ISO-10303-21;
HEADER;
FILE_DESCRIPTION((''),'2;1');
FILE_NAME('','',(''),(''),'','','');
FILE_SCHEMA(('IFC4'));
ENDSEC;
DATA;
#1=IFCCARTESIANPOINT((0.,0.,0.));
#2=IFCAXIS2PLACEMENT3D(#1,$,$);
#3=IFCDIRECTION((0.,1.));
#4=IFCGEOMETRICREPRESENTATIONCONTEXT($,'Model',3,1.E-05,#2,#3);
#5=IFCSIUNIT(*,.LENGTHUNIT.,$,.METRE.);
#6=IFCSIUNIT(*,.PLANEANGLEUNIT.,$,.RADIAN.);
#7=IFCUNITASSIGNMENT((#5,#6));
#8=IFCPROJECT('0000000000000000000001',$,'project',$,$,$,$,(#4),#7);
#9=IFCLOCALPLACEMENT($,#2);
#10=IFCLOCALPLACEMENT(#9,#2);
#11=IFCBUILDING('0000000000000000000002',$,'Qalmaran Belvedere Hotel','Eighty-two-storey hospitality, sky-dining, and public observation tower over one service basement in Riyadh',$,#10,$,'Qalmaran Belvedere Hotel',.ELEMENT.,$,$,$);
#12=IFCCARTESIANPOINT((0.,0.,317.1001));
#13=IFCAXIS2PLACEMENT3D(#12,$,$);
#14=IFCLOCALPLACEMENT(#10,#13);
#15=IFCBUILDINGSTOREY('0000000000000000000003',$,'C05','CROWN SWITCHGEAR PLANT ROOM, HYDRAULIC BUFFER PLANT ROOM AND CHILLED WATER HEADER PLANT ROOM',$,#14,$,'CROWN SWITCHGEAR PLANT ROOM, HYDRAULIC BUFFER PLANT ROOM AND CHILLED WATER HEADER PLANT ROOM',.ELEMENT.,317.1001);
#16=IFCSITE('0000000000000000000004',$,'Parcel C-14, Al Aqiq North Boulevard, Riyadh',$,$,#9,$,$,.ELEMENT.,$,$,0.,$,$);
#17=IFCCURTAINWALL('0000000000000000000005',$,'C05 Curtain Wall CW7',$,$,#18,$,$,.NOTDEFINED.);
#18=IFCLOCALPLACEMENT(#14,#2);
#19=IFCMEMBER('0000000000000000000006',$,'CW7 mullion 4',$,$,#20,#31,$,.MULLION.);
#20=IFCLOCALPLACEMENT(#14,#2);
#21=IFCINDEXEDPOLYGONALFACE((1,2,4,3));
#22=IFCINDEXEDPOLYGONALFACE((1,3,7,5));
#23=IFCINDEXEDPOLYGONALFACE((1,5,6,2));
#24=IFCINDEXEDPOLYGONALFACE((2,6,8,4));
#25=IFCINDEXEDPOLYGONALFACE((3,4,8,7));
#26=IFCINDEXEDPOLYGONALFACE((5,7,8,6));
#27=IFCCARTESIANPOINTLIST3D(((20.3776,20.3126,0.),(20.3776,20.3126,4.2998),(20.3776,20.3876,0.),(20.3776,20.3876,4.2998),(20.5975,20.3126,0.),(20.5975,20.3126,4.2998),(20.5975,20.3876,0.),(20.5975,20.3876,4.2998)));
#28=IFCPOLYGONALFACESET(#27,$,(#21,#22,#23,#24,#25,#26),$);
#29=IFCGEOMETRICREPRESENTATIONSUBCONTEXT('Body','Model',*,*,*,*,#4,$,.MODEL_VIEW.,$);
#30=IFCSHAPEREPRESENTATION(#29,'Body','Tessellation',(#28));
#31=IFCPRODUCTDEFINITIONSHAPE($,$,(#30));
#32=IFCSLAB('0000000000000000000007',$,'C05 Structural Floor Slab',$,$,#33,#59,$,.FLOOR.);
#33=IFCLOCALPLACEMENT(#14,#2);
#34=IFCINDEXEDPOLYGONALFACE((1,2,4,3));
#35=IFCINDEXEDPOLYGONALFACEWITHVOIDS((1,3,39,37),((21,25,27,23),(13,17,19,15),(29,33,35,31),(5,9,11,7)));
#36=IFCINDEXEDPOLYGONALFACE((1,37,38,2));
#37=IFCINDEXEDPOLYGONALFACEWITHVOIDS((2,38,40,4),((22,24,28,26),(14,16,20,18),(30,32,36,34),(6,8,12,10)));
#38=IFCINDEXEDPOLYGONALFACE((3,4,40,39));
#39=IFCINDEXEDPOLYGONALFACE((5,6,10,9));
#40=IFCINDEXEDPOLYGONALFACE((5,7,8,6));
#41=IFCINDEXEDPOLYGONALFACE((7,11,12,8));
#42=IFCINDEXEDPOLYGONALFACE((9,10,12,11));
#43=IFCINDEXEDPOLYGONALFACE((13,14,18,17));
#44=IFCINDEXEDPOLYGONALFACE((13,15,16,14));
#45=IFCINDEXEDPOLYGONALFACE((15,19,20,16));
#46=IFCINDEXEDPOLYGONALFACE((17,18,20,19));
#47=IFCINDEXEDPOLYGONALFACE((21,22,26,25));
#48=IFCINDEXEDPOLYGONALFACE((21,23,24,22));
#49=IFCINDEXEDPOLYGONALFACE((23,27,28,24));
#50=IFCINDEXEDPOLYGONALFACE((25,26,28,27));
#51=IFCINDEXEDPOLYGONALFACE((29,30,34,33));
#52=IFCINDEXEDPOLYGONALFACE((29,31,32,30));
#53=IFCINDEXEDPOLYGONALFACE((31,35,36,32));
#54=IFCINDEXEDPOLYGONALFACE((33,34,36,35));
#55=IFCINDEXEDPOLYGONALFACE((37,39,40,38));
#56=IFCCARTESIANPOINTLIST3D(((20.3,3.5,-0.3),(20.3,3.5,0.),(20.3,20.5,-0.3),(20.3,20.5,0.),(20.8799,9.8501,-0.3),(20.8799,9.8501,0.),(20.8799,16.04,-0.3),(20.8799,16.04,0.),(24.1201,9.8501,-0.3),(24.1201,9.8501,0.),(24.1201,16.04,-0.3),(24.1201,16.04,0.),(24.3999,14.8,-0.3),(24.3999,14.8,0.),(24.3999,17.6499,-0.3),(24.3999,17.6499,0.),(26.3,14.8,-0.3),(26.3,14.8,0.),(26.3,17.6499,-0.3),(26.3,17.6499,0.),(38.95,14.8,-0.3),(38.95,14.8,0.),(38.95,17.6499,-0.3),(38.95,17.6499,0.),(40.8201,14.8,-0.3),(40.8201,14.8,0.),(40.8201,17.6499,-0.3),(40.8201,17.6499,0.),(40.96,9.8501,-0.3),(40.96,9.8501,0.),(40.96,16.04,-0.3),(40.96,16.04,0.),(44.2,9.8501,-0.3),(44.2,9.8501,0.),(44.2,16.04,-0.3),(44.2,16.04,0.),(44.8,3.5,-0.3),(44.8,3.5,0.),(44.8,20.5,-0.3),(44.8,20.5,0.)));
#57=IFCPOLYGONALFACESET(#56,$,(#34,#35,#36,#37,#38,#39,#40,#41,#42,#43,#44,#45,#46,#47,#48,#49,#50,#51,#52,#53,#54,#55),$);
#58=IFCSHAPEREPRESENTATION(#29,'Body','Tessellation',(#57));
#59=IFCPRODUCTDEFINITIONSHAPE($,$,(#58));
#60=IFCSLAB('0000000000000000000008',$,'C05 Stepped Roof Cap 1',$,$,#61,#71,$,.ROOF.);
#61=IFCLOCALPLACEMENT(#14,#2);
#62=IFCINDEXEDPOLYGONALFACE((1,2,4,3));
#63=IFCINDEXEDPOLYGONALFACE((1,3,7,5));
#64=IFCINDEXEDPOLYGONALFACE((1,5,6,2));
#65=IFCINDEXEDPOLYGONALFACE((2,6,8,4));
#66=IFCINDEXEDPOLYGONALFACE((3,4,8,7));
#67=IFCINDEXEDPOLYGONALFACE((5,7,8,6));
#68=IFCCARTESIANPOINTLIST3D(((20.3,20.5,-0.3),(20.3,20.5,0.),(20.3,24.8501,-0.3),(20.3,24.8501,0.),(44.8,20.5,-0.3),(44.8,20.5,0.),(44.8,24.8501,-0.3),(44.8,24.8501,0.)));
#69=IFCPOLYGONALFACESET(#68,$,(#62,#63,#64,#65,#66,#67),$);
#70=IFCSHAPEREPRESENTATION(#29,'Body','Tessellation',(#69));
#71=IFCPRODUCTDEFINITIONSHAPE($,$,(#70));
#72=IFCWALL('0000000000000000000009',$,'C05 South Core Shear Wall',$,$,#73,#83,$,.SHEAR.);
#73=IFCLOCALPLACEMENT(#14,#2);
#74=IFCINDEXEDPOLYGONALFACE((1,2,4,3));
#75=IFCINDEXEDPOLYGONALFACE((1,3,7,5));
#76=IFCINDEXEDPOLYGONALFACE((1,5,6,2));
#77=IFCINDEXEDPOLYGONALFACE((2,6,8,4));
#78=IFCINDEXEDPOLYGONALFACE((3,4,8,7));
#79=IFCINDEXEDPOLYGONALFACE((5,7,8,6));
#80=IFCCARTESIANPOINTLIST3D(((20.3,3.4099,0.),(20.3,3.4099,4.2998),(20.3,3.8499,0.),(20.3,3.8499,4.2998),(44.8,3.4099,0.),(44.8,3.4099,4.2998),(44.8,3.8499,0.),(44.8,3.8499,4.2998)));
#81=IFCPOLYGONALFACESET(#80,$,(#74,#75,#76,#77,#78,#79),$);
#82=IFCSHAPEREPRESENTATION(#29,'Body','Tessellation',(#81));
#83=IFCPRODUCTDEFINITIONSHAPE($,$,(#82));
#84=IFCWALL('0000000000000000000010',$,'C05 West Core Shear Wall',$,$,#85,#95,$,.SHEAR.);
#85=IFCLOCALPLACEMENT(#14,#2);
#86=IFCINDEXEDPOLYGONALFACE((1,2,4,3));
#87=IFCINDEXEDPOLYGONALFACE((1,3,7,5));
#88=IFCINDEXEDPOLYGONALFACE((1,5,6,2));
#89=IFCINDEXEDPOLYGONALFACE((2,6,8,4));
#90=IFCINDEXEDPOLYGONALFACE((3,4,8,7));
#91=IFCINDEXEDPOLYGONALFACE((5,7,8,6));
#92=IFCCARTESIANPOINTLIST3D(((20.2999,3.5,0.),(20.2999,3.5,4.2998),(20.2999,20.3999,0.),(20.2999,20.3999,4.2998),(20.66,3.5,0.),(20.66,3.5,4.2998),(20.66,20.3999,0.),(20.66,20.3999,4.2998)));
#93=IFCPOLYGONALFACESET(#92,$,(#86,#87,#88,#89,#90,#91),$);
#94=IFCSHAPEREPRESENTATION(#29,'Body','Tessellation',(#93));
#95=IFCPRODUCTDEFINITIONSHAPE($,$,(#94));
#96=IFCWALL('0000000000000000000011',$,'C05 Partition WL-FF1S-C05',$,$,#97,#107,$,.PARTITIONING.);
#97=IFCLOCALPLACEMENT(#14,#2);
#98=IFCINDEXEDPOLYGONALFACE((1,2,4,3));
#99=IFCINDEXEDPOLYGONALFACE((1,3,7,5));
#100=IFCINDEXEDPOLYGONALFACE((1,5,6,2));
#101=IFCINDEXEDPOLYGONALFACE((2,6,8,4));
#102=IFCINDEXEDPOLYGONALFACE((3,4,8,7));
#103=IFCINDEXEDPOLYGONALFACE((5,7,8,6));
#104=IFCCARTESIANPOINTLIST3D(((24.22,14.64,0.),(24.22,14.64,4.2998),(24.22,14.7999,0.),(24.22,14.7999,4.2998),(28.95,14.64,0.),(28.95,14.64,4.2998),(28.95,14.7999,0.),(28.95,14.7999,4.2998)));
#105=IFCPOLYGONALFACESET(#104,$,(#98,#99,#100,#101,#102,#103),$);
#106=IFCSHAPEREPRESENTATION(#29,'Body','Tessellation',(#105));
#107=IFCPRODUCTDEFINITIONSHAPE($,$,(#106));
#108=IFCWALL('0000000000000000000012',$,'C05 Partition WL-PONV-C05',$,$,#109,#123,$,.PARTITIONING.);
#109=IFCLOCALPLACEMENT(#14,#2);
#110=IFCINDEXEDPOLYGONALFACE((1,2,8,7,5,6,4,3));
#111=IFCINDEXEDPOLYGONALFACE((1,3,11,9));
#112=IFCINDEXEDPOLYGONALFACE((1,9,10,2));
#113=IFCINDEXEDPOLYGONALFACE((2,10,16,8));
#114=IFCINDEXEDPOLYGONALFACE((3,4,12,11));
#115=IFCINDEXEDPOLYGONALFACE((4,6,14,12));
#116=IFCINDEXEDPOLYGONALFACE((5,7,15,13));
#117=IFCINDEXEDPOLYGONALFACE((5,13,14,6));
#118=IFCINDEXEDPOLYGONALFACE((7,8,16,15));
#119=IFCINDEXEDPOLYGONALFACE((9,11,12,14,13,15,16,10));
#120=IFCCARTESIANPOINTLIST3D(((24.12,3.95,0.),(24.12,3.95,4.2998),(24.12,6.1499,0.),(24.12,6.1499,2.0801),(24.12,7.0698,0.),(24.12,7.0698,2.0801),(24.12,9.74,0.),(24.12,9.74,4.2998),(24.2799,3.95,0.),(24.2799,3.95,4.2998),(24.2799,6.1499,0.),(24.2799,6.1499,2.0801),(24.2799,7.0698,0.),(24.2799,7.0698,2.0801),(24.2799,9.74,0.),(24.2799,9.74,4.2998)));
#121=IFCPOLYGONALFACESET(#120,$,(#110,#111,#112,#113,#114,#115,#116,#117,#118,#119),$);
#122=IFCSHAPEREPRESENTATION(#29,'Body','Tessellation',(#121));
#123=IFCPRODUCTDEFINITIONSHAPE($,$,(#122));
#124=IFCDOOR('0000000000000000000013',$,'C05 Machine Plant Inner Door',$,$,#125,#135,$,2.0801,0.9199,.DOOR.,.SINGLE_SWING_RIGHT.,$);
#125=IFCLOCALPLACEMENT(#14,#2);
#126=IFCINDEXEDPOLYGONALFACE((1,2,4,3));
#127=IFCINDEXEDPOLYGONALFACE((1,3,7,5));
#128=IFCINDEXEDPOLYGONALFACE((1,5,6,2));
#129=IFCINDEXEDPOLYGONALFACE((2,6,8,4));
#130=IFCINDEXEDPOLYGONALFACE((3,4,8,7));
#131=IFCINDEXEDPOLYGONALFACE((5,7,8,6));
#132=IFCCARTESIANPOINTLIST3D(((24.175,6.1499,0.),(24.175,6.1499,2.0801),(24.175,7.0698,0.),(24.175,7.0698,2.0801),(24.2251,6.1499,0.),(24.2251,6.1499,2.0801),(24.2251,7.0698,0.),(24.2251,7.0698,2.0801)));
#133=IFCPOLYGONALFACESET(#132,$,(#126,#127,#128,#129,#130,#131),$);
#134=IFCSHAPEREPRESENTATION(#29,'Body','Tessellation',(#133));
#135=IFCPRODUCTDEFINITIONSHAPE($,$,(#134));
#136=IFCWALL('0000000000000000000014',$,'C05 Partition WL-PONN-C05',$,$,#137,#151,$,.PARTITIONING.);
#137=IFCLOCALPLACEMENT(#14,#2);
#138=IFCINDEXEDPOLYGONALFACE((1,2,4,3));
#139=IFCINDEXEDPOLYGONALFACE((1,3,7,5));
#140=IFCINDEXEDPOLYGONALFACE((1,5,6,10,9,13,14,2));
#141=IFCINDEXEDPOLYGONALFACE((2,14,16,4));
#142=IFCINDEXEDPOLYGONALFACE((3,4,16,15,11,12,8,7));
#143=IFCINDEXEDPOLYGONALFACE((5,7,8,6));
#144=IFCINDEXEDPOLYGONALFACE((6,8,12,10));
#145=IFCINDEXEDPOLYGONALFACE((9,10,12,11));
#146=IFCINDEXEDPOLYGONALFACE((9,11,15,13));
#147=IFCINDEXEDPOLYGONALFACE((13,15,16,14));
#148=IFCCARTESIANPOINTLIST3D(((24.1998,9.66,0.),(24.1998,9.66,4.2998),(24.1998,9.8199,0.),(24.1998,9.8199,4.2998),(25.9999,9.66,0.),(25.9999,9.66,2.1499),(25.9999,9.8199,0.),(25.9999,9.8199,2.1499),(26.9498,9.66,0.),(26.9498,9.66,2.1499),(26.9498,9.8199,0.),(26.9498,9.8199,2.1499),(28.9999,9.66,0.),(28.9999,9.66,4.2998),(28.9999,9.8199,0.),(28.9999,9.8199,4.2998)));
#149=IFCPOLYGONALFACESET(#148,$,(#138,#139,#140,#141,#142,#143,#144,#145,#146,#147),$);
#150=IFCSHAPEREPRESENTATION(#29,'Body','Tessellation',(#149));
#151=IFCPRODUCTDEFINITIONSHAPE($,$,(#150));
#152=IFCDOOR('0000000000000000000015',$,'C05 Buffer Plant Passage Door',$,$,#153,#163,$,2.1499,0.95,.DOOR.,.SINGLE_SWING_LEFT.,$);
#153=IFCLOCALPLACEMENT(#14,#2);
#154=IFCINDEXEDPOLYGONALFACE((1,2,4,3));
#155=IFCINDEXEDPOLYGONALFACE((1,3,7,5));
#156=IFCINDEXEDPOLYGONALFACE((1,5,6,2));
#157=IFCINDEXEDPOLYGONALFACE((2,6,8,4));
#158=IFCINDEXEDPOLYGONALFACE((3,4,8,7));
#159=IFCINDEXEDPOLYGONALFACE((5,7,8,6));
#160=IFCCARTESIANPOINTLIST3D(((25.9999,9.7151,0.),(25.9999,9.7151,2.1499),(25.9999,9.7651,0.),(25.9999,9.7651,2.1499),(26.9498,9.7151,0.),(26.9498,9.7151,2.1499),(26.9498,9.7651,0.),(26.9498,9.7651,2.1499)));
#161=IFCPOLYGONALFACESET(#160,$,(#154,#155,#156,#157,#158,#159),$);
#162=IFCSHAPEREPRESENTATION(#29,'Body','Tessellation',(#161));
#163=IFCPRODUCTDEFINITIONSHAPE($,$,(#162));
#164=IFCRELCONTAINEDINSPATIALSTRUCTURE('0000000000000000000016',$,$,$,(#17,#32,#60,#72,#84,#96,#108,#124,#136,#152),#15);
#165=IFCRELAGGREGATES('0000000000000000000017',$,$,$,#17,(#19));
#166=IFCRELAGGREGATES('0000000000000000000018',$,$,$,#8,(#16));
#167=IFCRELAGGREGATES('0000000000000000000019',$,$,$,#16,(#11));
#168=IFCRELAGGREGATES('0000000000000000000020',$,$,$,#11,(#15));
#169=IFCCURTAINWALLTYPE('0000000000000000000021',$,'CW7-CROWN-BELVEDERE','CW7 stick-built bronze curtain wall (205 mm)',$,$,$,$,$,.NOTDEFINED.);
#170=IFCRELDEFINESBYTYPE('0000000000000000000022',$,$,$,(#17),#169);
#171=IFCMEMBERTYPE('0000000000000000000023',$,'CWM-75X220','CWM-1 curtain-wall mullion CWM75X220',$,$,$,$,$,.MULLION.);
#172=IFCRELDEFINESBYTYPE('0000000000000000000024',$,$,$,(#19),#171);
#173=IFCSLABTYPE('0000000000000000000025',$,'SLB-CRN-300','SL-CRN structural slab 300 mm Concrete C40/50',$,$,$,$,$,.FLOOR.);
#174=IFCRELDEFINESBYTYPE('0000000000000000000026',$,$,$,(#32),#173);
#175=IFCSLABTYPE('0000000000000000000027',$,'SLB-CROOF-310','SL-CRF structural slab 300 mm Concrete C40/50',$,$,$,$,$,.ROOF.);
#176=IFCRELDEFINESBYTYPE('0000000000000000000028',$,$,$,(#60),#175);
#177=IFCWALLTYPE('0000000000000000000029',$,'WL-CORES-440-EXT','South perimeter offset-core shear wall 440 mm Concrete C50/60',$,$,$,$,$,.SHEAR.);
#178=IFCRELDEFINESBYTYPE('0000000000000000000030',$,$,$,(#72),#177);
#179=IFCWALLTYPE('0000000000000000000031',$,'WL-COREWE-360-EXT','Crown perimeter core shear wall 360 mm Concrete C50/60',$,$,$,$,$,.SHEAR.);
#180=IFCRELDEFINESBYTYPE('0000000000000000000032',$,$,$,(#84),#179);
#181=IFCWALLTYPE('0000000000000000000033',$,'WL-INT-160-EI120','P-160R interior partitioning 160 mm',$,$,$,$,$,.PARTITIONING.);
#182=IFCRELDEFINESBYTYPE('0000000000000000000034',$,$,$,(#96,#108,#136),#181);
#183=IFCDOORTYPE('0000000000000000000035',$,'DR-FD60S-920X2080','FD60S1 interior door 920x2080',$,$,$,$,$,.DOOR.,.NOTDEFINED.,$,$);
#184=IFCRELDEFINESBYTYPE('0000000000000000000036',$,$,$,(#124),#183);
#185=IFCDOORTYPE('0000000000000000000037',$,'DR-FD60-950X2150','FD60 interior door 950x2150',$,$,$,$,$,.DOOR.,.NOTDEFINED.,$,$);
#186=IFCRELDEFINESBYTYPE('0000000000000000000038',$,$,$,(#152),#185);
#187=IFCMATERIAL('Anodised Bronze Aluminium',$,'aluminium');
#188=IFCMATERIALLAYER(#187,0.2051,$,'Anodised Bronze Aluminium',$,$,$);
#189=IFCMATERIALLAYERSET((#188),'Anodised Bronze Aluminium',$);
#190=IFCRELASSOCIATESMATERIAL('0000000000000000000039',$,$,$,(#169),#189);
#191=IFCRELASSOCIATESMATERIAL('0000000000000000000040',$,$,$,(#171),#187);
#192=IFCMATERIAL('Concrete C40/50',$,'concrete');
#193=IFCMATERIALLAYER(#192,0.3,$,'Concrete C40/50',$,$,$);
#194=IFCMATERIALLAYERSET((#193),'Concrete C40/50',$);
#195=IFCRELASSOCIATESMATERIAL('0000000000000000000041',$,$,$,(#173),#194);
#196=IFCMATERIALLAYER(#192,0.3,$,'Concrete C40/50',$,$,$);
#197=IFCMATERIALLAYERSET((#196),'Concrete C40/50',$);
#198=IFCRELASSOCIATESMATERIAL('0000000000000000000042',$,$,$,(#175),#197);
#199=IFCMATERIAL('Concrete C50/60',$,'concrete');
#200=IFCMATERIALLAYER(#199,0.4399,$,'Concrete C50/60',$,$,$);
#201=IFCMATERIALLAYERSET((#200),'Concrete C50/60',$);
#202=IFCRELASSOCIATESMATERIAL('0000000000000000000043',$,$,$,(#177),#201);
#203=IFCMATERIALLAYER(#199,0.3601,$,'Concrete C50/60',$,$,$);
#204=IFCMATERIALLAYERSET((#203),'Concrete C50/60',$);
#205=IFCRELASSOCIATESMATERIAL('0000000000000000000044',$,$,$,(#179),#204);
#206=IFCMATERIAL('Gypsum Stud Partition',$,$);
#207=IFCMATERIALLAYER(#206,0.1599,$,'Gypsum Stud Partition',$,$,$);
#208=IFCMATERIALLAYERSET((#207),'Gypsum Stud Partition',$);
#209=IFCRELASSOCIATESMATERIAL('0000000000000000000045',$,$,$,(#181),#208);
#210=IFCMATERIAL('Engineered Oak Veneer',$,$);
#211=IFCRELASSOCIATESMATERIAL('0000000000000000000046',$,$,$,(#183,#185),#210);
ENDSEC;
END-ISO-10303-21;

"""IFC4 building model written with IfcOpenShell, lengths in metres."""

from ifc_helpers import new_model, si_unit, direction, frame, frame_2d, origin, origin_2d, place, context, subcontext, project, spatial, polyline, rectangle, outline, extrude, material, layer, layer_set, material_profile, profile_set, type_object, element, fill, aggregate, save


model = new_model("IFC4")

# Units and contexts
model_context = context("Model", 3, precision=1e-05, world=origin(), true_north=direction((0.0, 1.0)))
body_context = subcontext(model_context, "Body", "Model", "MODEL_VIEW")
ifc_project = project(units=[si_unit("LENGTHUNIT", "METRE"), si_unit("PLANEANGLEUNIT", "RADIAN")], contexts=[model_context])

# Site, building, storey
site_placement = place(None, origin())
site = spatial("IfcSite", under=ifc_project, at=site_placement, Name="Parcel C-14, Al Aqiq North Boulevard, Riyadh", CompositionType="ELEMENT", RefElevation=0.0)
building_placement = place(site_placement, origin())
building = spatial("IfcBuilding", under=site, at=building_placement, Name="Qalmaran Belvedere Hotel", Description="Eighty-two-storey hospitality, sky-dining, and public observation tower over one service basement in Riyadh", LongName="Qalmaran Belvedere Hotel", CompositionType="ELEMENT")
storey_placement = place(building_placement, frame((0.0, 0.0, 317.1001)))
storey = spatial("IfcBuildingStorey", under=building, at=storey_placement, Name="C05", Description="CROWN SWITCHGEAR PLANT ROOM, HYDRAULIC BUFFER PLANT ROOM AND CHILLED WATER HEADER PLANT ROOM", LongName="CROWN SWITCHGEAR PLANT ROOM, HYDRAULIC BUFFER PLANT ROOM AND CHILLED WATER HEADER PLANT ROOM", CompositionType="ELEMENT", Elevation=317.1001)

# Curtain wall, member
ifc_material_1 = material(Name="Anodised Bronze Aluminium", Category="aluminium")
ifc_layer_1 = layer(ifc_material_1, 0.2051, Name="Anodised Bronze Aluminium")
ifc_layer_set_1 = layer_set([ifc_layer_1], Name="Anodised Bronze Aluminium")
curtain_wall_type = type_object("IfcCurtainWallType", Name="CW7-CROWN-BELVEDERE", Description="CW7 stick-built bronze curtain wall (205 mm)", PredefinedType="NOTDEFINED", material=ifc_layer_set_1)
curtain_wall_placement = place(storey_placement, origin())
curtain_wall = element("IfcCurtainWall", 1, at=curtain_wall_placement, inside=storey, type_object=curtain_wall_type, Name="C05 Curtain Wall CW7", PredefinedType="NOTDEFINED")
ifc_material_profile = material_profile(ifc_material_1, rectangle(XDim=0.075, YDim=0.22, at=origin_2d()), Name="CWM75X220")
ifc_profile_set = profile_set([ifc_material_profile], Name="Anodised Bronze Aluminium")
member_type = type_object("IfcMemberType", Name="CWM-75X220", Description="CWM-1 curtain-wall mullion CWM75X220", PredefinedType="MULLION", material=ifc_profile_set)
member_placement = place(storey_placement, frame((20.4875, 20.3501, 0.0), z_axis=(0.0, 0.0, 1.0), x_axis=(0.0, -1.0, 0.0)))
member = element("IfcMember", 2, at=member_placement, type_object=member_type, Name="CW7 mullion 4", PredefinedType="MULLION", context=body_context, shape_type="SweptSolid", body=[
    extrude(rectangle(XDim=0.075, YDim=0.22, at=origin_2d()), origin(), (0.0, 0.0, 1.0), 4.2998),
])
aggregate(curtain_wall, [member])

# Slabs
ifc_material_2 = material(Name="Concrete C40/50", Category="concrete")
ifc_layer_2 = layer(ifc_material_2, 0.3, Name="Concrete C40/50")
ifc_layer_set_2 = layer_set([ifc_layer_2], Name="Concrete C40/50")
slab_type_1 = type_object("IfcSlabType", Name="SLB-CRN-300", Description="SL-CRN structural slab 300 mm Concrete C40/50", PredefinedType="FLOOR", material=ifc_layer_set_2)
slab_1_placement = place(storey_placement, frame((0.0, 0.0, -0.3)))
element("IfcSlab", 3, at=slab_1_placement, inside=storey, type_object=slab_type_1, Name="C05 Structural Floor Slab", PredefinedType="FLOOR", context=body_context, shape_type="SweptSolid", body=[
    extrude(outline(polyline([(20.3, 3.5), (44.8, 3.5), (44.8, 20.5), (20.3, 20.5), (20.3, 3.5)]), holes=[polyline([(20.8799, 9.8501), (24.1201, 9.8501), (24.1201, 16.04), (20.8799, 16.04), (20.8799, 9.8501)]), polyline([(40.96, 9.8501), (44.2, 9.8501), (44.2, 16.04), (40.96, 16.04), (40.96, 9.8501)]), polyline([(24.3999, 14.8), (26.3, 14.8), (26.3, 17.6499), (24.3999, 17.6499), (24.3999, 14.8)]), polyline([(38.95, 14.8), (40.8201, 14.8), (40.8201, 17.6499), (38.95, 17.6499), (38.95, 14.8)])]), origin(), (0.0, 0.0, 1.0), 0.3),
])
ifc_layer_3 = layer(ifc_material_2, 0.3, Name="Concrete C40/50")
ifc_layer_set_3 = layer_set([ifc_layer_3], Name="Concrete C40/50")
slab_type_2 = type_object("IfcSlabType", Name="SLB-CROOF-310", Description="SL-CRF structural slab 300 mm Concrete C40/50", PredefinedType="ROOF", material=ifc_layer_set_3)
slab_2_placement = place(storey_placement, frame((0.0, 0.0, -0.3)))
element("IfcSlab", 4, at=slab_2_placement, inside=storey, type_object=slab_type_2, Name="C05 Stepped Roof Cap 1", PredefinedType="ROOF", context=body_context, shape_type="SweptSolid", body=[
    extrude(outline(polyline([(20.3, 24.8501), (44.8, 24.8501), (44.8, 20.5), (20.3, 20.5), (20.3, 24.8501)])), origin(), (0.0, 0.0, 1.0), 0.3),
])

# Walls
ifc_material_3 = material(Name="Concrete C50/60", Category="concrete")
ifc_layer_4 = layer(ifc_material_3, 0.4399, Name="Concrete C50/60")
ifc_layer_set_4 = layer_set([ifc_layer_4], Name="Concrete C50/60")
wall_type_1 = type_object("IfcWallType", Name="WL-CORES-440-EXT", Description="South perimeter offset-core shear wall 440 mm Concrete C50/60", PredefinedType="SHEAR", material=ifc_layer_set_4)
wall_1_placement = place(storey_placement, frame((20.3, 3.6299, 0.0), z_axis=(0.0, 0.0, 1.0), x_axis=(1.0, 0.0, 0.0)))
element("IfcWall", 5, at=wall_1_placement, inside=storey, type_object=wall_type_1, Name="C05 South Core Shear Wall", PredefinedType="SHEAR", context=body_context, shape_type="SweptSolid", body=[
    extrude(rectangle(XDim=24.5, YDim=0.4399, at=frame_2d((12.25, 0.0))), origin(), (0.0, 0.0, 1.0), 4.2998),
])
ifc_layer_5 = layer(ifc_material_3, 0.3601, Name="Concrete C50/60")
ifc_layer_set_5 = layer_set([ifc_layer_5], Name="Concrete C50/60")
wall_type_2 = type_object("IfcWallType", Name="WL-COREWE-360-EXT", Description="Crown perimeter core shear wall 360 mm Concrete C50/60", PredefinedType="SHEAR", material=ifc_layer_set_5)
wall_2_placement = place(storey_placement, frame((20.48, 3.5, 0.0), z_axis=(0.0, 0.0, 1.0), x_axis=(0.0, 1.0, 0.0)))
element("IfcWall", 6, at=wall_2_placement, inside=storey, type_object=wall_type_2, Name="C05 West Core Shear Wall", PredefinedType="SHEAR", context=body_context, shape_type="SweptSolid", body=[
    extrude(rectangle(XDim=16.8999, YDim=0.3601, at=frame_2d((8.45, 0.0))), origin(), (0.0, 0.0, 1.0), 4.2998),
])
ifc_material_4 = material(Name="Gypsum Stud Partition")
ifc_layer_6 = layer(ifc_material_4, 0.1599, Name="Gypsum Stud Partition")
ifc_layer_set_6 = layer_set([ifc_layer_6], Name="Gypsum Stud Partition")
wall_type_3 = type_object("IfcWallType", Name="WL-INT-160-EI120", Description="P-160R interior partitioning 160 mm", PredefinedType="PARTITIONING", material=ifc_layer_set_6)
wall_3_placement = place(storey_placement, frame((24.22, 14.72, 0.0), z_axis=(0.0, 0.0, 1.0), x_axis=(1.0, 0.0, 0.0)))
element("IfcWall", 7, at=wall_3_placement, inside=storey, type_object=wall_type_3, Name="C05 Partition WL-FF1S-C05", PredefinedType="PARTITIONING", context=body_context, shape_type="SweptSolid", body=[
    extrude(rectangle(XDim=4.73, YDim=0.1599, at=frame_2d((2.365, 0.0))), origin(), (0.0, 0.0, 1.0), 4.2998),
])

# Walls, openings, doors
wall_4_placement = place(storey_placement, frame((24.2, 3.95, 0.0), z_axis=(0.0, 0.0, 1.0), x_axis=(0.0, 1.0, 0.0)))
wall_4 = element("IfcWall", 8, at=wall_4_placement, inside=storey, type_object=wall_type_3, Name="C05 Partition WL-PONV-C05", PredefinedType="PARTITIONING", context=body_context, shape_type="SweptSolid", body=[
    extrude(rectangle(XDim=5.79, YDim=0.1599, at=frame_2d((2.895, 0.0))), origin(), (0.0, 0.0, 1.0), 4.2998),
])
opening_1_placement = place(wall_4_placement, frame((2.2, 0.0, 0.0)))
opening_1 = element("IfcOpeningElement", 9, at=opening_1_placement, cuts=wall_4, PredefinedType="OPENING", context=body_context, shape_type="SweptSolid", body=[
    extrude(rectangle(XDim=0.9199, YDim=2.0801, at=frame_2d((0.46, 1.04))), frame((0.0, 0.0898, 0.0), z_axis=(0.0, -1.0, 0.0), x_axis=(1.0, 0.0, 0.0)), (0.0, 0.0, 1.0), 0.1799),
])
ifc_material_5 = material(Name="Engineered Oak Veneer")
door_type_1 = type_object("IfcDoorType", Name="DR-FD60S-920X2080", Description="FD60S1 interior door 920x2080", OperationType="NOTDEFINED", PredefinedType="DOOR", material=ifc_material_5)
door_1_placement = place(opening_1_placement, origin())
door_1 = element("IfcDoor", 10, at=door_1_placement, inside=storey, type_object=door_type_1, Name="C05 Machine Plant Inner Door", OperationType="SINGLE_SWING_RIGHT", OverallHeight=2.0801, OverallWidth=0.9199, PredefinedType="DOOR", context=body_context, shape_type="SweptSolid", body=[
    extrude(rectangle(XDim=0.9199, YDim=2.0801, at=frame_2d((0.46, 1.04))), frame((0.0, 0.0249, 0.0), z_axis=(0.0, -1.0, 0.0), x_axis=(1.0, 0.0, 0.0)), (0.0, 0.0, 1.0), 0.05),
])
fill(opening_1, door_1)
wall_5_placement = place(storey_placement, frame((24.2, 9.74, 0.0), z_axis=(0.0, 0.0, 1.0), x_axis=(1.0, 0.0, 0.0)))
wall_5 = element("IfcWall", 11, at=wall_5_placement, inside=storey, type_object=wall_type_3, Name="C05 Partition WL-PONN-C05", PredefinedType="PARTITIONING", context=body_context, shape_type="SweptSolid", body=[
    extrude(rectangle(XDim=4.8, YDim=0.1599, at=frame_2d((2.3999, 0.0))), origin(), (0.0, 0.0, 1.0), 4.2998),
])
opening_2_placement = place(wall_5_placement, frame((2.75, 0.0, 0.0), z_axis=(0.0, 0.0, 1.0), x_axis=(-1.0, 0.0, 0.0)))
opening_2 = element("IfcOpeningElement", 12, at=opening_2_placement, cuts=wall_5, PredefinedType="OPENING", context=body_context, shape_type="SweptSolid", body=[
    extrude(rectangle(XDim=0.95, YDim=2.1499, at=frame_2d((0.4751, 1.075))), frame((0.0, 0.0898, 0.0), z_axis=(0.0, -1.0, 0.0), x_axis=(1.0, 0.0, 0.0)), (0.0, 0.0, 1.0), 0.1799),
])
door_type_2 = type_object("IfcDoorType", Name="DR-FD60-950X2150", Description="FD60 interior door 950x2150", OperationType="NOTDEFINED", PredefinedType="DOOR", material=ifc_material_5)
door_2_placement = place(opening_2_placement, origin())
door_2 = element("IfcDoor", 13, at=door_2_placement, inside=storey, type_object=door_type_2, Name="C05 Buffer Plant Passage Door", OperationType="SINGLE_SWING_LEFT", OverallHeight=2.1499, OverallWidth=0.95, PredefinedType="DOOR", context=body_context, shape_type="SweptSolid", body=[
    extrude(rectangle(XDim=0.95, YDim=2.1499, at=frame_2d((0.4751, 1.075))), frame((0.0, 0.0249, 0.0), z_axis=(0.0, -1.0, 0.0), x_axis=(1.0, 0.0, 0.0)), (0.0, 0.0, 1.0), 0.05),
])
fill(opening_2, door_2)

save(model, "model.ifc")
